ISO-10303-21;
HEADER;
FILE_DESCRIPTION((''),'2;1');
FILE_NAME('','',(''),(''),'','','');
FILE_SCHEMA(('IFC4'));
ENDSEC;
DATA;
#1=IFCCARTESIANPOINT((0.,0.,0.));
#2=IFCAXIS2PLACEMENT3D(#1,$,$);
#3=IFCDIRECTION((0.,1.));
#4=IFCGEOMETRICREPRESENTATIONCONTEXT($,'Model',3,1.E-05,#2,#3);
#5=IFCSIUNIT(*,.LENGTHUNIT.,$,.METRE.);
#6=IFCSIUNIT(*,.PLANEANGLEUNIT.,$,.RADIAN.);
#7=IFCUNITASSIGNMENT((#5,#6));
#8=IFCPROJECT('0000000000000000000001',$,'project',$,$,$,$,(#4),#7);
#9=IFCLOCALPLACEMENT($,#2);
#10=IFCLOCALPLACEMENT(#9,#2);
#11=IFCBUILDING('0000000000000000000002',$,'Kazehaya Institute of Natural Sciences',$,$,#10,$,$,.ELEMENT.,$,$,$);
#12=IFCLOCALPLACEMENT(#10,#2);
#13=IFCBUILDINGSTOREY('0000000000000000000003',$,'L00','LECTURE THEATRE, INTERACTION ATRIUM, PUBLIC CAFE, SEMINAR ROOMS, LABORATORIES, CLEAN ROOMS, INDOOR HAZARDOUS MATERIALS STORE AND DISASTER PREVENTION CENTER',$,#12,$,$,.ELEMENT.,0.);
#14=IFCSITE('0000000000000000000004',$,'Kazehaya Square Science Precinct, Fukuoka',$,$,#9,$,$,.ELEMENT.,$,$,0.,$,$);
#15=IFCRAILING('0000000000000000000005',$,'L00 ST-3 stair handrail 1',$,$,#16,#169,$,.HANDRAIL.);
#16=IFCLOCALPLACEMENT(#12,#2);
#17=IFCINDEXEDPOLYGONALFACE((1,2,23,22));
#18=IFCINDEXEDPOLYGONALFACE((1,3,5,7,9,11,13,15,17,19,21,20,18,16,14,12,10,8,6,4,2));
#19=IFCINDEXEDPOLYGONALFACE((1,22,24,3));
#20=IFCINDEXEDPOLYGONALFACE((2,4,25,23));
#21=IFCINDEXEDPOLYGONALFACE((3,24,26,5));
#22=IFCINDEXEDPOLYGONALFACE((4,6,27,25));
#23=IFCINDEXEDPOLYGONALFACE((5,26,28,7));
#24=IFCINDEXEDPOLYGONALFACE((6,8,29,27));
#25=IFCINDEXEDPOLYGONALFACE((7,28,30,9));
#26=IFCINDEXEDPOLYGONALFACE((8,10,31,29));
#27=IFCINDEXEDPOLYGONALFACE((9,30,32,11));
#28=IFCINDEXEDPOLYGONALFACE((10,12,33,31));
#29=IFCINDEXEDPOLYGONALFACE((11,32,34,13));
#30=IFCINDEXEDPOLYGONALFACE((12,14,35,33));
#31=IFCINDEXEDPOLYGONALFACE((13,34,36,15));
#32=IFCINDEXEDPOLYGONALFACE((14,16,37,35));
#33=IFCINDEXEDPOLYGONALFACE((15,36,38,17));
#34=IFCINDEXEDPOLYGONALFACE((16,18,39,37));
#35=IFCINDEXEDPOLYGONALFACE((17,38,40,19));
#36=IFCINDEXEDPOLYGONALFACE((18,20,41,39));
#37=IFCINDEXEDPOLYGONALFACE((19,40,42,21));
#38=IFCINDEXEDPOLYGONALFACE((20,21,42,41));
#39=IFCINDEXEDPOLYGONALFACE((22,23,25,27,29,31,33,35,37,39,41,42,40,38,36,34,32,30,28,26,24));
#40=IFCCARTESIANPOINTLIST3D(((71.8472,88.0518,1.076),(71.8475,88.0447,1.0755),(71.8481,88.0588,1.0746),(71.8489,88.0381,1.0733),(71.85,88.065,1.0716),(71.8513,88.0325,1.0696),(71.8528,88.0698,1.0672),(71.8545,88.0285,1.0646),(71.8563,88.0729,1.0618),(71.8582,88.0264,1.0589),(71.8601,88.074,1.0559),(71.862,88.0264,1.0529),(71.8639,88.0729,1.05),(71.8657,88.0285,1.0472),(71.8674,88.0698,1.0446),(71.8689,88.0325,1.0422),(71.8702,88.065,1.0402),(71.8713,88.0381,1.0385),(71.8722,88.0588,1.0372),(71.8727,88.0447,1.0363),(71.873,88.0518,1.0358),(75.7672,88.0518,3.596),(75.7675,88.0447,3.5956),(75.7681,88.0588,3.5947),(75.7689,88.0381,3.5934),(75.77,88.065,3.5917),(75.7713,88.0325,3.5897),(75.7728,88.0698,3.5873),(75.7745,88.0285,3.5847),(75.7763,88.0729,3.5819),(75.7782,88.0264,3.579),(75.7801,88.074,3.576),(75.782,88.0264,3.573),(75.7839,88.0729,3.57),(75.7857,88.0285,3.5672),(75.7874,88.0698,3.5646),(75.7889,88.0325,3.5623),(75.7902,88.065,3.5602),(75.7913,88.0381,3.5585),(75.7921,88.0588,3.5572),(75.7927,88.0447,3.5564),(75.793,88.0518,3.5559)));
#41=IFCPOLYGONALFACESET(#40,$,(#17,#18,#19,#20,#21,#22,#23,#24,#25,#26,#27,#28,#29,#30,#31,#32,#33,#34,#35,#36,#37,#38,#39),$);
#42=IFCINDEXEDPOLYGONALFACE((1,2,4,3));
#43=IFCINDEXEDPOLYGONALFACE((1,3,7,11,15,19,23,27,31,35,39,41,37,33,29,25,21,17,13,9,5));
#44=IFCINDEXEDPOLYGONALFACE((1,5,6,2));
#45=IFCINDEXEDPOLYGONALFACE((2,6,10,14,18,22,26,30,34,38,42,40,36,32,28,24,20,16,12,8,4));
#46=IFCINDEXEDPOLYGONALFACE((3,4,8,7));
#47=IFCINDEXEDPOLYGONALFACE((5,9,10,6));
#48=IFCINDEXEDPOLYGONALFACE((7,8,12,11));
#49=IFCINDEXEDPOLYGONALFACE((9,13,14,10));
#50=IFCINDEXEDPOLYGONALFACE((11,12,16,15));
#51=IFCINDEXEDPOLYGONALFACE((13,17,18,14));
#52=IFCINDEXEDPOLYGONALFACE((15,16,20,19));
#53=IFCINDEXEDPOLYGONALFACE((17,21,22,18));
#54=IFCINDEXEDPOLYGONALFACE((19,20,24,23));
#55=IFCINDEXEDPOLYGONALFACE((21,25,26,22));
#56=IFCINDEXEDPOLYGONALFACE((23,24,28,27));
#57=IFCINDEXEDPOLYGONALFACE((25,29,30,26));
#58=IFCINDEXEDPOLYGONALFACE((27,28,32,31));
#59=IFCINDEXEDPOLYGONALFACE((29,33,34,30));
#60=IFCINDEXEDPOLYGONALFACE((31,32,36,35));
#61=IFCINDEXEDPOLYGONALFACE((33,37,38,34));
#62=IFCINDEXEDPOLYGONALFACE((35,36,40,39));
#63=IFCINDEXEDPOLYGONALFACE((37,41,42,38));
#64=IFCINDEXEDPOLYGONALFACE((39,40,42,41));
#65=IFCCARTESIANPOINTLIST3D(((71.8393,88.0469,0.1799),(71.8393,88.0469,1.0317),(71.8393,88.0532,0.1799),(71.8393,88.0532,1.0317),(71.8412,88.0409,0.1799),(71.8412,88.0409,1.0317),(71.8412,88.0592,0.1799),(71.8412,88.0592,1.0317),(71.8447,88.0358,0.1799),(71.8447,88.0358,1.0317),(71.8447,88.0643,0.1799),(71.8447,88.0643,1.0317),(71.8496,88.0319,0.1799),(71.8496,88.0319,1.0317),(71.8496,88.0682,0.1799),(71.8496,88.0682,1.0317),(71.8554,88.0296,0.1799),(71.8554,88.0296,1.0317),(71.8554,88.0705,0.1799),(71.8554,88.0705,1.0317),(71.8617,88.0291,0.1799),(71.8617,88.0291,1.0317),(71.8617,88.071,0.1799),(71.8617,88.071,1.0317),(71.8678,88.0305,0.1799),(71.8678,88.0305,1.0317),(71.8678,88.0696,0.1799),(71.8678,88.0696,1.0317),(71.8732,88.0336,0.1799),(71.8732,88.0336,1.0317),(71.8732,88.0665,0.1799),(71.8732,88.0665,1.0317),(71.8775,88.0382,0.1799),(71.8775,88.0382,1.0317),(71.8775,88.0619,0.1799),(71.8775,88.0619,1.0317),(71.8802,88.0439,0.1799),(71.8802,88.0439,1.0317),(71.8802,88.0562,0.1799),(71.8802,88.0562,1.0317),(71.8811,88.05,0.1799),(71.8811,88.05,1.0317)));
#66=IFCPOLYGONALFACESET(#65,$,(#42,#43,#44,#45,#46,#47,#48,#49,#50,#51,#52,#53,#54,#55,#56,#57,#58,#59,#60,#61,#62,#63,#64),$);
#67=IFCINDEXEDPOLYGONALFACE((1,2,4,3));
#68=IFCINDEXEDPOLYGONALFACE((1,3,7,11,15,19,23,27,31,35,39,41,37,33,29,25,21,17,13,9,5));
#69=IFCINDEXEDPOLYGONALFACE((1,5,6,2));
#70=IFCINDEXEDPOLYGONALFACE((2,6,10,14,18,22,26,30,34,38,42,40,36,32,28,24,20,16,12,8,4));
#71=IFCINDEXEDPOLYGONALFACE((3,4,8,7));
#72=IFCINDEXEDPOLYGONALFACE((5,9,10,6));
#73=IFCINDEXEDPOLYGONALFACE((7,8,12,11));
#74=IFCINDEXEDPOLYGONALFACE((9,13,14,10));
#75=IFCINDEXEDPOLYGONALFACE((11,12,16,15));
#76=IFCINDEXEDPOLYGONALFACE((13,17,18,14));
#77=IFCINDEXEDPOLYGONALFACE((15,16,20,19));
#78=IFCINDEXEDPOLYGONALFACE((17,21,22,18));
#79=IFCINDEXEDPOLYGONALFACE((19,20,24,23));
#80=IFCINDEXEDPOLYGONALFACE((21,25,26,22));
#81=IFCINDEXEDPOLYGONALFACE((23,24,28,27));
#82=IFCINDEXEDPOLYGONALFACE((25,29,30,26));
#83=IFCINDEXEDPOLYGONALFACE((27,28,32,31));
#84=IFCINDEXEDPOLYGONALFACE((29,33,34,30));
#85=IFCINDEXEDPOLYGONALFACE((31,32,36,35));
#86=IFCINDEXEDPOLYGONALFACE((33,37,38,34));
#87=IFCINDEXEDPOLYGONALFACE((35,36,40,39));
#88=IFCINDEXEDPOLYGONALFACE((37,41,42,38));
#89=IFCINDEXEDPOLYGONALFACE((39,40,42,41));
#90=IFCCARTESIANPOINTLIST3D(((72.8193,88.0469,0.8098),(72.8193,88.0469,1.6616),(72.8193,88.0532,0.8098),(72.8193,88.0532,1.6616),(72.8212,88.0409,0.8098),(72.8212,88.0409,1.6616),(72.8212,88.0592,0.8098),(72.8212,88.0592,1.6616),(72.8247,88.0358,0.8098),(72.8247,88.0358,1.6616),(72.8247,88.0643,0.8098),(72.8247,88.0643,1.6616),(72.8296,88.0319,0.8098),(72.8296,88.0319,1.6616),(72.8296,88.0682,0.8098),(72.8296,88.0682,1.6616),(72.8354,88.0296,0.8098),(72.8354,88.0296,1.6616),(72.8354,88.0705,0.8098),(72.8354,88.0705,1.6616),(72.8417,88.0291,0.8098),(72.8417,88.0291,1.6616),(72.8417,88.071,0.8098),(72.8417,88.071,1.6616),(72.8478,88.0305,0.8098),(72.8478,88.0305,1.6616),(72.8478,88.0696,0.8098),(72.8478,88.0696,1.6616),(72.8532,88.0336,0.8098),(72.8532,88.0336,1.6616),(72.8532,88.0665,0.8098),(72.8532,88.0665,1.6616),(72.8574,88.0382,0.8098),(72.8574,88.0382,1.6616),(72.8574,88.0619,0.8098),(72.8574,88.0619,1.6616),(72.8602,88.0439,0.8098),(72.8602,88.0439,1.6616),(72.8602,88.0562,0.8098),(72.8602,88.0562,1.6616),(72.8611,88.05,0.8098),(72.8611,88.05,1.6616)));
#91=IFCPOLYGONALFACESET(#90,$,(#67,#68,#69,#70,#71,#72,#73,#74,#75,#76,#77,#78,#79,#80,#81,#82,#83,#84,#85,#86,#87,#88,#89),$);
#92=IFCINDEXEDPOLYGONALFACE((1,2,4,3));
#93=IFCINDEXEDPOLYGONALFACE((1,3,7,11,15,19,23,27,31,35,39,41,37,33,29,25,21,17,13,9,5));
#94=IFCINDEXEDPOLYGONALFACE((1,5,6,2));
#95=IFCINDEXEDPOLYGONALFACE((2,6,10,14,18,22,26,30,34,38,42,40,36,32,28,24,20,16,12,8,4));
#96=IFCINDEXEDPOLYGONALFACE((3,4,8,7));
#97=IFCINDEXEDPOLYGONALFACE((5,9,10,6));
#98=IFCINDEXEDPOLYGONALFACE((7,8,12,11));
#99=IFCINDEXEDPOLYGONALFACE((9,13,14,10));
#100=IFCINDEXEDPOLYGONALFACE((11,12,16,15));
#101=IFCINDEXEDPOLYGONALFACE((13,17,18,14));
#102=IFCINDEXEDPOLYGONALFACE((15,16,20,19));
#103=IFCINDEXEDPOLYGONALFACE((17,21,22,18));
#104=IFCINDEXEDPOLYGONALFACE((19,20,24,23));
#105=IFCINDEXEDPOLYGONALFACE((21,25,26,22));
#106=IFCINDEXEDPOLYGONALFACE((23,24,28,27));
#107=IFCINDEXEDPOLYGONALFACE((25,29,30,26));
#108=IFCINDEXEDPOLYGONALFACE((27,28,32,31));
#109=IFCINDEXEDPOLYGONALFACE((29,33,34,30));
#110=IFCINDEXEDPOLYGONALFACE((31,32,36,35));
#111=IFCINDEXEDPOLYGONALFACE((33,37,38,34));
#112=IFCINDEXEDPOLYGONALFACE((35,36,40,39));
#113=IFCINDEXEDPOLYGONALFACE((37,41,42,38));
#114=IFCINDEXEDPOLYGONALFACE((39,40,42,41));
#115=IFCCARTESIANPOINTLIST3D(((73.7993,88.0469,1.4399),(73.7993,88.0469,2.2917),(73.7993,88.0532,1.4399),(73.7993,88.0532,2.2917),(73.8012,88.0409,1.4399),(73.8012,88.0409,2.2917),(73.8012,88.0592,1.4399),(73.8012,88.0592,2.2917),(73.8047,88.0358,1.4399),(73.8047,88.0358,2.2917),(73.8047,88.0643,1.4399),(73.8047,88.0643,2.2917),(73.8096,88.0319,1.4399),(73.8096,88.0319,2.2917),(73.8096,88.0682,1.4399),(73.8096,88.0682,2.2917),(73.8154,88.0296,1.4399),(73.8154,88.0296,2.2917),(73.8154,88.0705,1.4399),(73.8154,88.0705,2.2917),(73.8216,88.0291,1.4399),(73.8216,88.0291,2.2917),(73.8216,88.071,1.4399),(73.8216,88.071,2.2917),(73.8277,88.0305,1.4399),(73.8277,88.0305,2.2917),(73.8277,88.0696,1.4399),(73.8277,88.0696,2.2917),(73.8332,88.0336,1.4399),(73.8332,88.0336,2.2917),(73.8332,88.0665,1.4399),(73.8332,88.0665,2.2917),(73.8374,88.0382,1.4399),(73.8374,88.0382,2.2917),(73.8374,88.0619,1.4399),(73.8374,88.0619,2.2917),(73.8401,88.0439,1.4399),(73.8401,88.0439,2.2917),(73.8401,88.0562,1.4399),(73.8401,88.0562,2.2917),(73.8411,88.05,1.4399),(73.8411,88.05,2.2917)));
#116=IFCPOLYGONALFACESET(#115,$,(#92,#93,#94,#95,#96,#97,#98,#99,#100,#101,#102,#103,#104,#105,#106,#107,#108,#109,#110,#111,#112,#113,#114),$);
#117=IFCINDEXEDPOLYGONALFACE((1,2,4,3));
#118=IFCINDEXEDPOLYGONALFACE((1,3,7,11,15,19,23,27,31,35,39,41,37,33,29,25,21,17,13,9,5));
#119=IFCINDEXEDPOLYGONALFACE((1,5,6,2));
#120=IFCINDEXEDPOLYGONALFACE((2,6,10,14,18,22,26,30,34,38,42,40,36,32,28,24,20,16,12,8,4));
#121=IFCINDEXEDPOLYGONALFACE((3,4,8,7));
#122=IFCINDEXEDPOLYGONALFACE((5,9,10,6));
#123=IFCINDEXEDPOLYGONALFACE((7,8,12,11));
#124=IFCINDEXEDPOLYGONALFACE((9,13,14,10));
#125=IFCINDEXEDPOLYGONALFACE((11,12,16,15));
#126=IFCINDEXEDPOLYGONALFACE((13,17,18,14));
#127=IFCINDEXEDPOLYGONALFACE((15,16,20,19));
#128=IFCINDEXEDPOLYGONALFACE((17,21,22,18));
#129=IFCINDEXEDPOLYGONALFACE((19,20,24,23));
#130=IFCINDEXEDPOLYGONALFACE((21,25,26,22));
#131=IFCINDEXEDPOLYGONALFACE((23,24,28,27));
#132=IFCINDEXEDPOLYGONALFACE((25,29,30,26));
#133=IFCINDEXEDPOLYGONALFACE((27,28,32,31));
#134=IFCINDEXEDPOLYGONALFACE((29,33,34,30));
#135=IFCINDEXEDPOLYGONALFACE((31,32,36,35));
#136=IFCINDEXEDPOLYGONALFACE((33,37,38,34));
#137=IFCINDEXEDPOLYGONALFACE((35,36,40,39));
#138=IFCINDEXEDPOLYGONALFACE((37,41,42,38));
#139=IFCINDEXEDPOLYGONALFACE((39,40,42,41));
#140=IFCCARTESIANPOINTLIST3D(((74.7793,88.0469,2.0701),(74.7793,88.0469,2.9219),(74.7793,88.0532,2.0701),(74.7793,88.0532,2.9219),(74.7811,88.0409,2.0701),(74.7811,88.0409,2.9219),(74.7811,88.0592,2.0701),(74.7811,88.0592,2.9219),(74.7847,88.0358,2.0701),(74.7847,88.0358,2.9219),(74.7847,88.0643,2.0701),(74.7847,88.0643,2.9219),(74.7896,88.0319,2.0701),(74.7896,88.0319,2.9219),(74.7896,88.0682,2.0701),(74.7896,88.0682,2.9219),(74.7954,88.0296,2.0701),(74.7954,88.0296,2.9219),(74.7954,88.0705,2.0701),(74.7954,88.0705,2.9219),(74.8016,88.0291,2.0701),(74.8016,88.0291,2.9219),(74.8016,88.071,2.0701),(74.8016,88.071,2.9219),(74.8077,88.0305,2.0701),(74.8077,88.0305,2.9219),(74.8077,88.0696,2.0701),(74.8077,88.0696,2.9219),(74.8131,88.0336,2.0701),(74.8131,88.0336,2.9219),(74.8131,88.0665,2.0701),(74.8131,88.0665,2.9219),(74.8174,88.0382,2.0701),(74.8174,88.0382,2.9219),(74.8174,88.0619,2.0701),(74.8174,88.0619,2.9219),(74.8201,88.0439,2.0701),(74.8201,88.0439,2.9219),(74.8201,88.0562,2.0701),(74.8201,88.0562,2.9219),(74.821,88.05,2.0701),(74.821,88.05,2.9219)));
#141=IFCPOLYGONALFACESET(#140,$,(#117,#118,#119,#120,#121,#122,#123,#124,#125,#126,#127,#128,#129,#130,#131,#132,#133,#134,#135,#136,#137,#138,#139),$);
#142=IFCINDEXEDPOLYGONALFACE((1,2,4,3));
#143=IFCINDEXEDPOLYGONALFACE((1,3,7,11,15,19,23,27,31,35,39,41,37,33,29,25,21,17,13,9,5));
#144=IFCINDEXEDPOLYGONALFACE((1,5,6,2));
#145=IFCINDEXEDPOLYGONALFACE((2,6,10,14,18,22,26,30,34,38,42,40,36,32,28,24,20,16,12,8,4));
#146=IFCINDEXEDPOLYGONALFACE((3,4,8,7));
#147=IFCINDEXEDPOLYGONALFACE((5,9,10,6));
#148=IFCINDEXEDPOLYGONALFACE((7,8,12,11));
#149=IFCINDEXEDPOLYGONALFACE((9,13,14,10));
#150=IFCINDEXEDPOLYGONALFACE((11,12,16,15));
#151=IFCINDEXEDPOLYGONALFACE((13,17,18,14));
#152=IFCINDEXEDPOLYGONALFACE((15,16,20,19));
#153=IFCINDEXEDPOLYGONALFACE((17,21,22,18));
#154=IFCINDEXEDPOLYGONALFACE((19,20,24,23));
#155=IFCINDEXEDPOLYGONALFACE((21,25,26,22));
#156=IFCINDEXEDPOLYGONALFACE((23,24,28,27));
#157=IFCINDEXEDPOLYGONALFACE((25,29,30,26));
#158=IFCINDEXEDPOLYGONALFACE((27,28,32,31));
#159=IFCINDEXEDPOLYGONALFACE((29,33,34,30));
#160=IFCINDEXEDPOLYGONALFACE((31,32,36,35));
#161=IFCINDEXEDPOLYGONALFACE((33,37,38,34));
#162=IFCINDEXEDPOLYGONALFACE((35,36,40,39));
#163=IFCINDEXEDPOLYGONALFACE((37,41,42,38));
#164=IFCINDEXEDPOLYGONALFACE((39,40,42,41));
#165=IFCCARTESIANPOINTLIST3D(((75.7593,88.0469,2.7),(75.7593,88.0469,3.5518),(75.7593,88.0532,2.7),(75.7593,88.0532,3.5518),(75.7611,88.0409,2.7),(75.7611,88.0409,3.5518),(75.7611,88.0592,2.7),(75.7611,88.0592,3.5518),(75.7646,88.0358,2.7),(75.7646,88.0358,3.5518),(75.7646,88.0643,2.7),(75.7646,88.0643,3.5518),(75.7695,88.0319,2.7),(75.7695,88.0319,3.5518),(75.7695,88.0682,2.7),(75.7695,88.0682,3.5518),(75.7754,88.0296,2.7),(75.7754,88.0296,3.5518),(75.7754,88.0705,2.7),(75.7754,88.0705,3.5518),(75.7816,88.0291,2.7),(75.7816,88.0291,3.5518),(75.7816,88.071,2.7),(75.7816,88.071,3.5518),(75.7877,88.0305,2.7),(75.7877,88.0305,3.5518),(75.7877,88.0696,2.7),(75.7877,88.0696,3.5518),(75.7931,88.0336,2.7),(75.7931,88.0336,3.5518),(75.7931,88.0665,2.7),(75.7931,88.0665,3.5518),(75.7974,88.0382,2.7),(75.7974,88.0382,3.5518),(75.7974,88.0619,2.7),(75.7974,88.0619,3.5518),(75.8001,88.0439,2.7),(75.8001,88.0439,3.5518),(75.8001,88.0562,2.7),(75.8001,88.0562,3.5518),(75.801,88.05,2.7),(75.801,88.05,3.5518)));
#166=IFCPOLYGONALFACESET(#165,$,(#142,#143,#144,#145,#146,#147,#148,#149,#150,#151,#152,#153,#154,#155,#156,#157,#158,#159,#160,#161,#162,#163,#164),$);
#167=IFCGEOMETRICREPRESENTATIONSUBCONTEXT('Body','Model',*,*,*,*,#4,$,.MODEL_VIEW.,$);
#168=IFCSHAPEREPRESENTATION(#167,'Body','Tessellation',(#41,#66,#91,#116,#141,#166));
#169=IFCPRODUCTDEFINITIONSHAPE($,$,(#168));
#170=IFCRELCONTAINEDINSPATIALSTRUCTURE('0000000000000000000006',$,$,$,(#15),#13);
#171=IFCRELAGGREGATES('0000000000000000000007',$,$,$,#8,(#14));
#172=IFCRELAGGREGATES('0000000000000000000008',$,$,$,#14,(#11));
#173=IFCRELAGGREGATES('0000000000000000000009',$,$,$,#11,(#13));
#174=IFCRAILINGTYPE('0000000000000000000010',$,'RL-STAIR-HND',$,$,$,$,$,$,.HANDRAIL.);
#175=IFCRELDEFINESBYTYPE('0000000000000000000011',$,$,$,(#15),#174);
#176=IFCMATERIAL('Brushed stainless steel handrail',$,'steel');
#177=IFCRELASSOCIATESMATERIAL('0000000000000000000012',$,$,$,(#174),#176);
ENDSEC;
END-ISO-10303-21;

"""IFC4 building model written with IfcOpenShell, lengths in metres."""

from ifc_helpers import new_model, si_unit, direction, frame, origin, origin_2d, place, context, subcontext, project, spatial, circle, extrude, material, type_object, element, save


model = new_model("IFC4")

# Units and contexts
model_context = context("Model", 3, precision=1e-05, world=origin(), true_north=direction((0.0, 1.0)))
body_context = subcontext(model_context, "Body", "Model", "MODEL_VIEW")
ifc_project = project(units=[si_unit("LENGTHUNIT", "METRE"), si_unit("PLANEANGLEUNIT", "RADIAN")], contexts=[model_context])

# Site, building, storey
site_placement = place(None, origin())
site = spatial("IfcSite", under=ifc_project, at=site_placement, Name="Kazehaya Square Science Precinct, Fukuoka", CompositionType="ELEMENT", RefElevation=0.0)
building_placement = place(site_placement, origin())
building = spatial("IfcBuilding", under=site, at=building_placement, Name="Kazehaya Institute of Natural Sciences", CompositionType="ELEMENT")
storey_placement = place(building_placement, origin())
storey = spatial("IfcBuildingStorey", under=building, at=storey_placement, Name="L00", Description="LECTURE THEATRE, INTERACTION ATRIUM, PUBLIC CAFE, SEMINAR ROOMS, LABORATORIES, CLEAN ROOMS, INDOOR HAZARDOUS MATERIALS STORE AND DISASTER PREVENTION CENTER", CompositionType="ELEMENT", Elevation=0.0)

# Railing
ifc_material_1 = material(Name="Brushed stainless steel handrail", Category="steel")
railing_type_1 = type_object("IfcRailingType", Name="RL-STAIR-HND", PredefinedType="HANDRAIL", material=ifc_material_1)
railing_1_placement = place(storey_placement, frame((71.8601, 88.05, 0.1799)))
element("IfcRailing", 1, at=railing_1_placement, inside=storey, type_object=railing_type_1, Name="L00 ST-3 stair handrail 1", PredefinedType="HANDRAIL", context=body_context, shape_type="SweptSolid", body=[
    extrude(circle(Radius=0.0239, at=origin_2d()), frame((0.0, 0.0, 0.876), z_axis=(0.841172, 0.0, 0.540768), x_axis=(0.0, 1.0, 0.0)), (0.0, 0.0, 1.0), 4.6602),
    extrude(circle(Radius=0.021, at=origin_2d()), origin(), (0.0, 0.0, 1.0), 0.8518),
    extrude(circle(Radius=0.021, at=origin_2d()), frame((0.98, 0.0, 0.6299)), (0.0, 0.0, 1.0), 0.8518),
    extrude(circle(Radius=0.021, at=origin_2d()), frame((1.96, 0.0, 1.26)), (0.0, 0.0, 1.0), 0.8518),
    extrude(circle(Radius=0.021, at=origin_2d()), frame((2.9399, 0.0, 1.8901)), (0.0, 0.0, 1.0), 0.8518),
    extrude(circle(Radius=0.021, at=origin_2d()), frame((3.9199, 0.0, 2.52)), (0.0, 0.0, 1.0), 0.8518),
])

save(model, "model.ifc")
